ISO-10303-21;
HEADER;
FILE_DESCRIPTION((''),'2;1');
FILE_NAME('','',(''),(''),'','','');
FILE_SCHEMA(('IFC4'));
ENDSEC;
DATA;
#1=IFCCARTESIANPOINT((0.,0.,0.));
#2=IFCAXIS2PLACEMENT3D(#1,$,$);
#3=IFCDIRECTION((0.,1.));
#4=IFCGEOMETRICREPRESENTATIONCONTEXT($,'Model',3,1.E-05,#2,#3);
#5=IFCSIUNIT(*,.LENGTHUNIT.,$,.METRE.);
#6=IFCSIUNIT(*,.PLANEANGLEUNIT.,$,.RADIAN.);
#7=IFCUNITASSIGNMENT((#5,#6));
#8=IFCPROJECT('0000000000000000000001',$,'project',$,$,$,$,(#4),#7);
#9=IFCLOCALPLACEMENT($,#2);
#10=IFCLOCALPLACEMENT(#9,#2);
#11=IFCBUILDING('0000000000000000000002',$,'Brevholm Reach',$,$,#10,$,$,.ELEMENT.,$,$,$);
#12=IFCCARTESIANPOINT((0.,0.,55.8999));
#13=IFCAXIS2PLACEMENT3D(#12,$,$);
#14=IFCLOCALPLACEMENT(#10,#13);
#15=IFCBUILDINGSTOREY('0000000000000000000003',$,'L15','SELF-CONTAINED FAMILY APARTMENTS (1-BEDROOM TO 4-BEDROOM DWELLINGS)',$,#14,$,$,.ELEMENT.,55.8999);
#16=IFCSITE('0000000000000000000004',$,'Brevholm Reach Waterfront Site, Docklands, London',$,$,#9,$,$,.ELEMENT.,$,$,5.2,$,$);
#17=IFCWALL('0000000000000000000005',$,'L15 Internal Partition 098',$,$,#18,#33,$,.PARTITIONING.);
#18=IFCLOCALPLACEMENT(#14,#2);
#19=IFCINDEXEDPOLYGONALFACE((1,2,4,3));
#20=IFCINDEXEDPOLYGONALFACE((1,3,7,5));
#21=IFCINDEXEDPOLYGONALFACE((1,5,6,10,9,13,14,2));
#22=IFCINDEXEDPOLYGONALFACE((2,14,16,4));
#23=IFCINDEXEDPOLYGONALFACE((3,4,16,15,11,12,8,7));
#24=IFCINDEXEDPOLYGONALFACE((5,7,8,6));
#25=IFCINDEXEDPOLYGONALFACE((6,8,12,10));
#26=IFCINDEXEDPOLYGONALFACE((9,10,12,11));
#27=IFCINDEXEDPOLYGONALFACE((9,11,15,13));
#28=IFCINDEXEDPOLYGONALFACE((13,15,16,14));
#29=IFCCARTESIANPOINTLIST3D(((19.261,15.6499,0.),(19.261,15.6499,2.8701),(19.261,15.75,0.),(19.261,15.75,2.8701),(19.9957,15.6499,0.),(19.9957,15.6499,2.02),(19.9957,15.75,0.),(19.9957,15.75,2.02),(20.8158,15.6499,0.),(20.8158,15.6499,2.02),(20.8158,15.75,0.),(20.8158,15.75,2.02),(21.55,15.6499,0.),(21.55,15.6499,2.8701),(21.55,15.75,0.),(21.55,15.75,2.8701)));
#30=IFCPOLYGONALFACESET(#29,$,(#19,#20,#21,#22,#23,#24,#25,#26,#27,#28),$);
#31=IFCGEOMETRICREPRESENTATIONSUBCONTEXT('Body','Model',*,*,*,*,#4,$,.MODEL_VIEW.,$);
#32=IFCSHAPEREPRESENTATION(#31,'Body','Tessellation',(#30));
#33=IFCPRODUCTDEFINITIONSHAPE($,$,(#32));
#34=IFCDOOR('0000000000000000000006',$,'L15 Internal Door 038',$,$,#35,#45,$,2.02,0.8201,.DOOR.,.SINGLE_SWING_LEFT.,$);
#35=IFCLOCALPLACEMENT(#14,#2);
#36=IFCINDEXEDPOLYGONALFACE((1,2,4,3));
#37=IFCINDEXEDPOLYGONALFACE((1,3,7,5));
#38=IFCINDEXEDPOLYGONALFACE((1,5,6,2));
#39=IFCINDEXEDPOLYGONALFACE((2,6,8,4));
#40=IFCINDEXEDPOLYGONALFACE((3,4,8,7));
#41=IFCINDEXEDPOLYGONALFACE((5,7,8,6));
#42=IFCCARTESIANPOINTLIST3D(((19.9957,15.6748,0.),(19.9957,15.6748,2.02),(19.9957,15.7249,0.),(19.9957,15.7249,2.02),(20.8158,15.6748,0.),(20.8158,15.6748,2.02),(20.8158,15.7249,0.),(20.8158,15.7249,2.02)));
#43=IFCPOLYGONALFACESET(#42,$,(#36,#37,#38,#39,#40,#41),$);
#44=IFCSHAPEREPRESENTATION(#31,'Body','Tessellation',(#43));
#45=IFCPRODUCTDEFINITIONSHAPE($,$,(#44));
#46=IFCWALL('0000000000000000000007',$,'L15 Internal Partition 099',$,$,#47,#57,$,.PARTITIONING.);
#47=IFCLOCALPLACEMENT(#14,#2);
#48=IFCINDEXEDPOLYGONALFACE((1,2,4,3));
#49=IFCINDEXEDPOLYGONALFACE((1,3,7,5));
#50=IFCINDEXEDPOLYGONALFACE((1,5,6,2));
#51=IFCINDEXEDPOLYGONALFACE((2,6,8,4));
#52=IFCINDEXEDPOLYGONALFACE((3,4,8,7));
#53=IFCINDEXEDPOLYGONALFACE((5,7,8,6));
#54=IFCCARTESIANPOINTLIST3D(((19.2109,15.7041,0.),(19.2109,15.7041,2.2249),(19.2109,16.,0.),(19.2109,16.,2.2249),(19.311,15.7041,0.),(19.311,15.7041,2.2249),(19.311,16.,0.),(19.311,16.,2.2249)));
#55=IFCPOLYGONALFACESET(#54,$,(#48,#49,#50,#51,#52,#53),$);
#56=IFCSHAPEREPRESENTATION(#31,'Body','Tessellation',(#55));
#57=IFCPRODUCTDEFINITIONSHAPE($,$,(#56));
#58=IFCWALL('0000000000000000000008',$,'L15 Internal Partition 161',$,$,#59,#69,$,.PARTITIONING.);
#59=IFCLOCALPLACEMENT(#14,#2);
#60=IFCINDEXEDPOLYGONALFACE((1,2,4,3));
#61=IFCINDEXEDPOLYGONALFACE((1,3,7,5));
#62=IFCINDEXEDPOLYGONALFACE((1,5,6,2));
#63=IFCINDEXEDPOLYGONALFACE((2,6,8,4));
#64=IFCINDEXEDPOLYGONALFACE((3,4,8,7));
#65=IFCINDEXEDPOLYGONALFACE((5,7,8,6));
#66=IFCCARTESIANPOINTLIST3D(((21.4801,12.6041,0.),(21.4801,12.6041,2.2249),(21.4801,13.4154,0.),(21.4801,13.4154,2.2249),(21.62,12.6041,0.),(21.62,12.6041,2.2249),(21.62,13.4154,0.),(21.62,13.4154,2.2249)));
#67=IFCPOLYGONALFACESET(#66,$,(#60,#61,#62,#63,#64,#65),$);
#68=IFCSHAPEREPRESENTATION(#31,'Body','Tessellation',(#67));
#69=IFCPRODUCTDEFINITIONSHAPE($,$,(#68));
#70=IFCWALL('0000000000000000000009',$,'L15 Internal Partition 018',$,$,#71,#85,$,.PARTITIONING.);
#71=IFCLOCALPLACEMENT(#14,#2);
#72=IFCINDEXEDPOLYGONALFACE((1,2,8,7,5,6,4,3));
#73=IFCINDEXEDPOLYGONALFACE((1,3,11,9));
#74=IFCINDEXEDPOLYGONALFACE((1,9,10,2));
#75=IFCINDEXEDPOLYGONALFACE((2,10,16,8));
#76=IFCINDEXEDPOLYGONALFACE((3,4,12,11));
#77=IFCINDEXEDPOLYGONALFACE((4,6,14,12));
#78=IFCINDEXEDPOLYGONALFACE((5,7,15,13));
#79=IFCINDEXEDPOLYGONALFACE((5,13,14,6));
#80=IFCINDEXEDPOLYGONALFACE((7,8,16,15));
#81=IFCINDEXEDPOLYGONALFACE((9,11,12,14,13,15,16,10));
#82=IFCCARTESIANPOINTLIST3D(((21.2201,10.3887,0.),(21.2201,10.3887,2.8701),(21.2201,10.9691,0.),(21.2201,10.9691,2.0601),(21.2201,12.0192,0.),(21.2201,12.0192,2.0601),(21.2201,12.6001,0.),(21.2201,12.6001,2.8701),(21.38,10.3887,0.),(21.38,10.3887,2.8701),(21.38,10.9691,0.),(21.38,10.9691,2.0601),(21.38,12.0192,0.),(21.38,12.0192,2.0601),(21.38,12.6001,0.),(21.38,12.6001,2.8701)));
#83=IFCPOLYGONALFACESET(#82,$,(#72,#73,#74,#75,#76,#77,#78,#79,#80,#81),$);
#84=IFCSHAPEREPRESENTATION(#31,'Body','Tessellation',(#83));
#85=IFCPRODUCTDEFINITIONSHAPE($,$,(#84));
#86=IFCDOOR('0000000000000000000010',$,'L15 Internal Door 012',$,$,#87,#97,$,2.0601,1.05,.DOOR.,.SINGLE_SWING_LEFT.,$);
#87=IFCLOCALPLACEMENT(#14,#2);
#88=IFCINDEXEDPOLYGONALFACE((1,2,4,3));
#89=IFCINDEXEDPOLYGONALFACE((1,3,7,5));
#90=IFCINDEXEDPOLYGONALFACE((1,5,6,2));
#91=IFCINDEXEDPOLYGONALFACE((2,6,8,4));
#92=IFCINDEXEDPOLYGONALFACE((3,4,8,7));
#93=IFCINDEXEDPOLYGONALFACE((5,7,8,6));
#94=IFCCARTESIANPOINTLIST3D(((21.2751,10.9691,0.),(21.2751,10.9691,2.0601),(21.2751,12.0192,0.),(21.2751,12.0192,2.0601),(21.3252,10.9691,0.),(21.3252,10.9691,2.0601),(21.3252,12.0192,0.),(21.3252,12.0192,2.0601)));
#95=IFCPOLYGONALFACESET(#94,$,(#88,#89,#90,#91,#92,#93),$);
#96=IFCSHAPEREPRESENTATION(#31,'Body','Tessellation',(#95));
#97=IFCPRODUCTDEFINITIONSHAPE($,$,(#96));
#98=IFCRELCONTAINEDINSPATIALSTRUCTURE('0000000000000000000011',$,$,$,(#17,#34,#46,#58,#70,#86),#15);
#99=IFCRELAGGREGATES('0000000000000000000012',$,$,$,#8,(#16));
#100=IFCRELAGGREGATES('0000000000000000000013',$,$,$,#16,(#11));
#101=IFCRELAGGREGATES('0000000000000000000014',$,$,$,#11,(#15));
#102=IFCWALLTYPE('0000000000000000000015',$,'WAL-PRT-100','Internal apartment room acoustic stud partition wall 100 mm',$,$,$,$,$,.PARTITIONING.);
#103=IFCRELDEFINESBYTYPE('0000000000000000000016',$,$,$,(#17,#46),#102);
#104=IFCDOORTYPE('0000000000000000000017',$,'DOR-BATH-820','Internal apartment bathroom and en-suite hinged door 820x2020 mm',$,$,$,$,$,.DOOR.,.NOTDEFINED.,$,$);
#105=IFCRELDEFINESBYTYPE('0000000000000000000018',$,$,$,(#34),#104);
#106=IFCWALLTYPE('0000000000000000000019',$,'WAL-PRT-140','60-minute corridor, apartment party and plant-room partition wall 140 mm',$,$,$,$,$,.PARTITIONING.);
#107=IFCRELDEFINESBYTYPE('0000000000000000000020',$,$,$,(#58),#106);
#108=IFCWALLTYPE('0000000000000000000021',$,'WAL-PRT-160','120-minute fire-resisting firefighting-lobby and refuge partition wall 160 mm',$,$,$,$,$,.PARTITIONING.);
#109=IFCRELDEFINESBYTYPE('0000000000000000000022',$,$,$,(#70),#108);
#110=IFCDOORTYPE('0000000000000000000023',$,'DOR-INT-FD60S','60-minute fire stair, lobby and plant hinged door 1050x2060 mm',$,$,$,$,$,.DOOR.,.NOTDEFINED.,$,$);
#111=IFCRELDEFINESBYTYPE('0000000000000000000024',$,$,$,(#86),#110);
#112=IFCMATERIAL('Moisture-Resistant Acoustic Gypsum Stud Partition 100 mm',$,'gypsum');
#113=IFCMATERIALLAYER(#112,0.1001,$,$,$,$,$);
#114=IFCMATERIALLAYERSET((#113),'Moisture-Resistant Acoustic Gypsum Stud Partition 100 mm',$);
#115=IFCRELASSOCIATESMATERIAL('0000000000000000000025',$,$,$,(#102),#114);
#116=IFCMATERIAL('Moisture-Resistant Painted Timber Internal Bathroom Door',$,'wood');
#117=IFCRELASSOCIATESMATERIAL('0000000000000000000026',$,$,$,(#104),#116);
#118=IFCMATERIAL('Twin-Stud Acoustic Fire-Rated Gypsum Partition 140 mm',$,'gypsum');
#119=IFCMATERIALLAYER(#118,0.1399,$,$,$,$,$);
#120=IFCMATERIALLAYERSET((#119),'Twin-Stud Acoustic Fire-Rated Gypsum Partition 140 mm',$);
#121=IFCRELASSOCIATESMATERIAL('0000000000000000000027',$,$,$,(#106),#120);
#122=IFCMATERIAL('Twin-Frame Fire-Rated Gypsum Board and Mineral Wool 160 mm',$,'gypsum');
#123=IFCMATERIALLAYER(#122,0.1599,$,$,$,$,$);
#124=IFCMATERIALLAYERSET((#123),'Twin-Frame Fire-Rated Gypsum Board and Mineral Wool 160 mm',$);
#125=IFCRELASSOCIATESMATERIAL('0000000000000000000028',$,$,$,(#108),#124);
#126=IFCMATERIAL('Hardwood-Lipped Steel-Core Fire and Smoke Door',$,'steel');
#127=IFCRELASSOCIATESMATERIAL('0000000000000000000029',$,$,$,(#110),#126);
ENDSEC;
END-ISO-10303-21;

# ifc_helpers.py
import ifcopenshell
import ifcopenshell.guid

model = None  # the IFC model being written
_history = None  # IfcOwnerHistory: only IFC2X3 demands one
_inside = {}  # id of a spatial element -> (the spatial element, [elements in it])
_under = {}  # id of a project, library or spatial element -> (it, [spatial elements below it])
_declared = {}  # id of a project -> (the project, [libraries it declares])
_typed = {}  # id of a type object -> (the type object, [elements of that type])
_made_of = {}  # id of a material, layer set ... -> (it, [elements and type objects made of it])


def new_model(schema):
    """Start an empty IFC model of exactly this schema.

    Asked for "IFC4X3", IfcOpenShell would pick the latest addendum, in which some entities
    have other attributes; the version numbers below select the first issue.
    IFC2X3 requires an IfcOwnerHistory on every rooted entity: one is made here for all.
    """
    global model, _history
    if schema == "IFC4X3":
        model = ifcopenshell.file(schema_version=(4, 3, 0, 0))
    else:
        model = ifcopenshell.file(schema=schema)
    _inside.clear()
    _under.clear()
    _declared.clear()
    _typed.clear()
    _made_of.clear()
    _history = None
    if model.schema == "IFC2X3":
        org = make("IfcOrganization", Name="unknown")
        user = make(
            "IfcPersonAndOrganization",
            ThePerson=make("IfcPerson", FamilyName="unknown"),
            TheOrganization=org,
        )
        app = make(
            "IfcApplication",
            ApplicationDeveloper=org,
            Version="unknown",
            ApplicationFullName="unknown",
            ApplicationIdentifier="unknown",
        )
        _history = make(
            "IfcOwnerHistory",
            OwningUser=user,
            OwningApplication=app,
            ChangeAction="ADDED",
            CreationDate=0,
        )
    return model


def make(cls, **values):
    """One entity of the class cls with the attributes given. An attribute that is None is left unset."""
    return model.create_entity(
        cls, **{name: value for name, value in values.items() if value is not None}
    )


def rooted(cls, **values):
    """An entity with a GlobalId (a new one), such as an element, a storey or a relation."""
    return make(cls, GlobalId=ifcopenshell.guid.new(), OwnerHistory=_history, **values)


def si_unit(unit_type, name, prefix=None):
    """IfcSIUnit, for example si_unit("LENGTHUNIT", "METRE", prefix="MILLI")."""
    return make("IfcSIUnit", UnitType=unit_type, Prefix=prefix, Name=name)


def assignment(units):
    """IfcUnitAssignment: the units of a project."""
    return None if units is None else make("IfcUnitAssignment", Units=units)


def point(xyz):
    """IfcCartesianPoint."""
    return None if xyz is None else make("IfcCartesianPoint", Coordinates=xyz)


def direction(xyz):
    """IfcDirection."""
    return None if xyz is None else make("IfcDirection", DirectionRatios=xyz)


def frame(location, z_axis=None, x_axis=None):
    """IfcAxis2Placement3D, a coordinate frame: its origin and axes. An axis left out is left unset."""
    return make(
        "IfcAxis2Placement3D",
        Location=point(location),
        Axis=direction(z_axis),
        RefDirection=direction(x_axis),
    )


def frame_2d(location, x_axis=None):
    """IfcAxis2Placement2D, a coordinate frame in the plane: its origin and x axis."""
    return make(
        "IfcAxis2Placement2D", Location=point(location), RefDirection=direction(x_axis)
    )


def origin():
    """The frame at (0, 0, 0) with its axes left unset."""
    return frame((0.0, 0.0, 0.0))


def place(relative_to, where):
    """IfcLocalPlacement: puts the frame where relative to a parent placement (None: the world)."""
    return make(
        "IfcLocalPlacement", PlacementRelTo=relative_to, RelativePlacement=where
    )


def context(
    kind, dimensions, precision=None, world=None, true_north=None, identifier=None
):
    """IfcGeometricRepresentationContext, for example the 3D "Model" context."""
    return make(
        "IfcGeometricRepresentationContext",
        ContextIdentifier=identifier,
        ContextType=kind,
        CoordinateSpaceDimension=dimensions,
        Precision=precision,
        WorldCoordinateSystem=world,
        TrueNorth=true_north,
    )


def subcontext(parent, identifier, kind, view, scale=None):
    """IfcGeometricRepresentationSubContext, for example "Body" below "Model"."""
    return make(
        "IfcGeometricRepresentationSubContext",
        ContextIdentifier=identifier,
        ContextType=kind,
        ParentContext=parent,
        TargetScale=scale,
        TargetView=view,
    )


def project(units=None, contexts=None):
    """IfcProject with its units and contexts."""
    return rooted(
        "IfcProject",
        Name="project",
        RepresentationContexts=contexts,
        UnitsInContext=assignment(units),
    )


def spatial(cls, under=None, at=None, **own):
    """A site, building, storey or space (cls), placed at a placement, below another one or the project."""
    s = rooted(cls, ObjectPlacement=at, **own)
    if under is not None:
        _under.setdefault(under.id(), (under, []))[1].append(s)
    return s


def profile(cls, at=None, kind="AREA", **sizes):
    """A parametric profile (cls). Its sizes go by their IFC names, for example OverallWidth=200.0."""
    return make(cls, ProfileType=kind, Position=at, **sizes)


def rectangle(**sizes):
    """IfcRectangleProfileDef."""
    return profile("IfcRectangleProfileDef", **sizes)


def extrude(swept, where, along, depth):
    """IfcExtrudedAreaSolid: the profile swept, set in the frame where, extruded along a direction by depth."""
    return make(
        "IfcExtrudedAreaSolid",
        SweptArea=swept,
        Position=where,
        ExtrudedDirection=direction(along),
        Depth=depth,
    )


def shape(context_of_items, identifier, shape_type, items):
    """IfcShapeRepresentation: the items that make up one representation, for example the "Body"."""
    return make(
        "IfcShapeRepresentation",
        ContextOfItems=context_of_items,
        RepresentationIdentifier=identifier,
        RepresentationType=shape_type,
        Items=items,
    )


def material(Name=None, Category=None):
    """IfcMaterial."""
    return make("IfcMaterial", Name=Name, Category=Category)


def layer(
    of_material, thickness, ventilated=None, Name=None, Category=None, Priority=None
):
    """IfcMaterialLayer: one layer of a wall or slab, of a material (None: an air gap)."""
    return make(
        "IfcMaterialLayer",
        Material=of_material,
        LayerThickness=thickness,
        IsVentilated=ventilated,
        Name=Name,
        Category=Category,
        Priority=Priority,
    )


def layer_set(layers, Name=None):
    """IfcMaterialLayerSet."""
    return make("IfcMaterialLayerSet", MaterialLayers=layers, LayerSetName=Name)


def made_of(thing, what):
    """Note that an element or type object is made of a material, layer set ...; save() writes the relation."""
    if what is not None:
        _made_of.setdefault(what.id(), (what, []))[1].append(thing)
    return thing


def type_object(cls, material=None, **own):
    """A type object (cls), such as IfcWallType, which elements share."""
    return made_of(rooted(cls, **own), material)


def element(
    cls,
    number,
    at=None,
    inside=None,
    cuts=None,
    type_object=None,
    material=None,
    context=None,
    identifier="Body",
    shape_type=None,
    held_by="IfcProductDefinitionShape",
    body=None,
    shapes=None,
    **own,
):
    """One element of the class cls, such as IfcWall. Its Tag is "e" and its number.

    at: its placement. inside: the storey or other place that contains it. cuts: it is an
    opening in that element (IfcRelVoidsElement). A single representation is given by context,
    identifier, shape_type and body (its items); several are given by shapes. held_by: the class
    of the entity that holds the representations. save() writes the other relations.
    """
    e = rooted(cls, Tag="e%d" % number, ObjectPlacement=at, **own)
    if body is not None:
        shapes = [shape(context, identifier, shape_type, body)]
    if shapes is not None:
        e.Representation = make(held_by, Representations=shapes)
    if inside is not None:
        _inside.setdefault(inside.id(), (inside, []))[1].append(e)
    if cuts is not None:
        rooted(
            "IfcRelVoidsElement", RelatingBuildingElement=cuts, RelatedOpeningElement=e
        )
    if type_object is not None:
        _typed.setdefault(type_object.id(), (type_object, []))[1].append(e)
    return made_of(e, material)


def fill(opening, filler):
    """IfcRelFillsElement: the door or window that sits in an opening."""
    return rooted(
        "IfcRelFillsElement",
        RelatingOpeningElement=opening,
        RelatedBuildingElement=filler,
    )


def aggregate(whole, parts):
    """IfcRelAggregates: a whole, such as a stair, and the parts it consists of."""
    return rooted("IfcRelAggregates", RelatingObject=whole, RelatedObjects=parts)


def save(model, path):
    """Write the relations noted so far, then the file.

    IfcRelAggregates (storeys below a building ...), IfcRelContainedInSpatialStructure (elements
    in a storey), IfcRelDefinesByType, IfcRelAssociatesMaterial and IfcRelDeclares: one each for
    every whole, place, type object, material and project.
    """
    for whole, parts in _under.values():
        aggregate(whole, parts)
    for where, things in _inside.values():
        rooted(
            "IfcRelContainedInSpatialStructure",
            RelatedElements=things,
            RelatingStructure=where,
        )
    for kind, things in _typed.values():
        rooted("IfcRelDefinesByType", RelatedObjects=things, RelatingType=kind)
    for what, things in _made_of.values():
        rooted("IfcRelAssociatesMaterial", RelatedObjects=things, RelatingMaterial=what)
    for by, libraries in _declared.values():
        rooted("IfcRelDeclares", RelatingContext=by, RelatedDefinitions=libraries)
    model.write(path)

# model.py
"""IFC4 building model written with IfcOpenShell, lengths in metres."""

from ifc_helpers import new_model, si_unit, direction, frame, frame_2d, origin, place, context, subcontext, project, spatial, rectangle, extrude, material, layer, layer_set, type_object, element, fill, save


model = new_model("IFC4")

# Units and contexts
model_context = context("Model", 3, precision=1e-05, world=origin(), true_north=direction((0.0, 1.0)))
body_context = subcontext(model_context, "Body", "Model", "MODEL_VIEW")
ifc_project = project(units=[si_unit("LENGTHUNIT", "METRE"), si_unit("PLANEANGLEUNIT", "RADIAN")], contexts=[model_context])

# Site, building, storey
site_placement = place(None, origin())
site = spatial("IfcSite", under=ifc_project, at=site_placement, Name="Brevholm Reach Waterfront Site, Docklands, London", CompositionType="ELEMENT", RefElevation=5.2)
building_placement = place(site_placement, origin())
building = spatial("IfcBuilding", under=site, at=building_placement, Name="Brevholm Reach", CompositionType="ELEMENT")
storey_placement = place(building_placement, frame((0.0, 0.0, 55.8999)))
storey = spatial("IfcBuildingStorey", under=building, at=storey_placement, Name="L15", Description="SELF-CONTAINED FAMILY APARTMENTS (1-BEDROOM TO 4-BEDROOM DWELLINGS)", CompositionType="ELEMENT", Elevation=55.8999)

# Wall, opening, door
ifc_material_1 = material(Name="Moisture-Resistant Acoustic Gypsum Stud Partition 100 mm", Category="gypsum")
ifc_layer_1 = layer(ifc_material_1, 0.1001)
ifc_layer_set_1 = layer_set([ifc_layer_1], Name="Moisture-Resistant Acoustic Gypsum Stud Partition 100 mm")
wall_type_1 = type_object("IfcWallType", Name="WAL-PRT-100", Description="Internal apartment room acoustic stud partition wall 100 mm", PredefinedType="PARTITIONING", material=ifc_layer_set_1)
wall_1_placement = place(storey_placement, frame((19.261, 15.7, 0.0), z_axis=(0.0, 0.0, 1.0), x_axis=(1.0, 0.0, 0.0)))
wall_1 = element("IfcWall", 1, at=wall_1_placement, inside=storey, type_object=wall_type_1, Name="L15 Internal Partition 098", PredefinedType="PARTITIONING", context=body_context, shape_type="SweptSolid", body=[
    extrude(rectangle(XDim=2.2891, YDim=0.1001, at=frame_2d((1.1445, 0.0))), origin(), (0.0, 0.0, 1.0), 2.8701),
])
opening_1_placement = place(wall_1_placement, frame((0.7346, 0.0, 0.0)))
opening_1 = element("IfcOpeningElement", 2, at=opening_1_placement, cuts=wall_1, PredefinedType="OPENING", context=body_context, shape_type="SweptSolid", body=[
    extrude(rectangle(XDim=0.8201, YDim=2.02, at=frame_2d((0.4102, 1.01))), frame((0.0, 0.0601, 0.0), z_axis=(0.0, -1.0, 0.0), x_axis=(1.0, 0.0, 0.0)), (0.0, 0.0, 1.0), 0.1201),
])
ifc_material_2 = material(Name="Moisture-Resistant Painted Timber Internal Bathroom Door", Category="wood")
door_type_1 = type_object("IfcDoorType", Name="DOR-BATH-820", Description="Internal apartment bathroom and en-suite hinged door 820x2020 mm", OperationType="NOTDEFINED", PredefinedType="DOOR", material=ifc_material_2)
door_1_placement = place(opening_1_placement, origin())
door_1 = element("IfcDoor", 3, at=door_1_placement, inside=storey, type_object=door_type_1, Name="L15 Internal Door 038", OperationType="SINGLE_SWING_LEFT", OverallHeight=2.02, OverallWidth=0.8201, PredefinedType="DOOR", context=body_context, shape_type="SweptSolid", body=[
    extrude(rectangle(XDim=0.8201, YDim=2.02, at=frame_2d((0.4102, 1.01))), frame((0.0, 0.0249, 0.0), z_axis=(0.0, -1.0, 0.0), x_axis=(1.0, 0.0, 0.0)), (0.0, 0.0, 1.0), 0.05),
])
fill(opening_1, door_1)

# Walls
wall_2_placement = place(storey_placement, frame((19.261, 15.7041, 0.0), z_axis=(0.0, 0.0, 1.0), x_axis=(0.0, 1.0, 0.0)))
element("IfcWall", 4, at=wall_2_placement, inside=storey, type_object=wall_type_1, Name="L15 Internal Partition 099", PredefinedType="PARTITIONING", context=body_context, shape_type="SweptSolid", body=[
    extrude(rectangle(XDim=0.2959, YDim=0.1001, at=frame_2d((0.1479, 0.0))), origin(), (0.0, 0.0, 1.0), 2.2249),
])
ifc_material_3 = material(Name="Twin-Stud Acoustic Fire-Rated Gypsum Partition 140 mm", Category="gypsum")
ifc_layer_2 = layer(ifc_material_3, 0.1399)
ifc_layer_set_2 = layer_set([ifc_layer_2], Name="Twin-Stud Acoustic Fire-Rated Gypsum Partition 140 mm")
wall_type_2 = type_object("IfcWallType", Name="WAL-PRT-140", Description="60-minute corridor, apartment party and plant-room partition wall 140 mm", PredefinedType="PARTITIONING", material=ifc_layer_set_2)
wall_3_placement = place(storey_placement, frame((21.55, 12.604, 0.0), z_axis=(0.0, 0.0, 1.0), x_axis=(0.0, 1.0, 0.0)))
element("IfcWall", 5, at=wall_3_placement, inside=storey, type_object=wall_type_2, Name="L15 Internal Partition 161", PredefinedType="PARTITIONING", context=body_context, shape_type="SweptSolid", body=[
    extrude(rectangle(XDim=0.8113, YDim=0.1399, at=frame_2d((0.4058, 0.0))), origin(), (0.0, 0.0, 1.0), 2.2249),
])

# Wall, opening, door
ifc_material_4 = material(Name="Twin-Frame Fire-Rated Gypsum Board and Mineral Wool 160 mm", Category="gypsum")
ifc_layer_3 = layer(ifc_material_4, 0.1599)
ifc_layer_set_3 = layer_set([ifc_layer_3], Name="Twin-Frame Fire-Rated Gypsum Board and Mineral Wool 160 mm")
wall_type_3 = type_object("IfcWallType", Name="WAL-PRT-160", Description="120-minute fire-resisting firefighting-lobby and refuge partition wall 160 mm", PredefinedType="PARTITIONING", material=ifc_layer_set_3)
wall_4_placement = place(storey_placement, frame((21.3, 10.3887, 0.0), z_axis=(0.0, 0.0, 1.0), x_axis=(0.0, 1.0, 0.0)))
wall_4 = element("IfcWall", 6, at=wall_4_placement, inside=storey, type_object=wall_type_3, Name="L15 Internal Partition 018", PredefinedType="PARTITIONING", context=body_context, shape_type="SweptSolid", body=[
    extrude(rectangle(XDim=2.2114, YDim=0.1599, at=frame_2d((1.1057, 0.0))), origin(), (0.0, 0.0, 1.0), 2.8701),
])
opening_2_placement = place(wall_4_placement, frame((0.5806, 0.0, 0.0)))
opening_2 = element("IfcOpeningElement", 7, at=opening_2_placement, cuts=wall_4, PredefinedType="OPENING", context=body_context, shape_type="SweptSolid", body=[
    extrude(rectangle(XDim=1.05, YDim=2.0601, at=frame_2d((0.5249, 1.03))), frame((0.0, 0.0898, 0.0), z_axis=(0.0, -1.0, 0.0), x_axis=(1.0, 0.0, 0.0)), (0.0, 0.0, 1.0), 0.1799),
])
ifc_material_5 = material(Name="Hardwood-Lipped Steel-Core Fire and Smoke Door", Category="steel")
door_type_2 = type_object("IfcDoorType", Name="DOR-INT-FD60S", Description="60-minute fire stair, lobby and plant hinged door 1050x2060 mm", OperationType="NOTDEFINED", PredefinedType="DOOR", material=ifc_material_5)
door_2_placement = place(opening_2_placement, origin())
door_2 = element("IfcDoor", 8, at=door_2_placement, inside=storey, type_object=door_type_2, Name="L15 Internal Door 012", OperationType="SINGLE_SWING_LEFT", OverallHeight=2.0601, OverallWidth=1.05, PredefinedType="DOOR", context=body_context, shape_type="SweptSolid", body=[
    extrude(rectangle(XDim=1.05, YDim=2.0601, at=frame_2d((0.5249, 1.03))), frame((0.0, 0.0249, 0.0), z_axis=(0.0, -1.0, 0.0), x_axis=(1.0, 0.0, 0.0)), (0.0, 0.0, 1.0), 0.05),
])
fill(opening_2, door_2)

save(model, "model.ifc")
